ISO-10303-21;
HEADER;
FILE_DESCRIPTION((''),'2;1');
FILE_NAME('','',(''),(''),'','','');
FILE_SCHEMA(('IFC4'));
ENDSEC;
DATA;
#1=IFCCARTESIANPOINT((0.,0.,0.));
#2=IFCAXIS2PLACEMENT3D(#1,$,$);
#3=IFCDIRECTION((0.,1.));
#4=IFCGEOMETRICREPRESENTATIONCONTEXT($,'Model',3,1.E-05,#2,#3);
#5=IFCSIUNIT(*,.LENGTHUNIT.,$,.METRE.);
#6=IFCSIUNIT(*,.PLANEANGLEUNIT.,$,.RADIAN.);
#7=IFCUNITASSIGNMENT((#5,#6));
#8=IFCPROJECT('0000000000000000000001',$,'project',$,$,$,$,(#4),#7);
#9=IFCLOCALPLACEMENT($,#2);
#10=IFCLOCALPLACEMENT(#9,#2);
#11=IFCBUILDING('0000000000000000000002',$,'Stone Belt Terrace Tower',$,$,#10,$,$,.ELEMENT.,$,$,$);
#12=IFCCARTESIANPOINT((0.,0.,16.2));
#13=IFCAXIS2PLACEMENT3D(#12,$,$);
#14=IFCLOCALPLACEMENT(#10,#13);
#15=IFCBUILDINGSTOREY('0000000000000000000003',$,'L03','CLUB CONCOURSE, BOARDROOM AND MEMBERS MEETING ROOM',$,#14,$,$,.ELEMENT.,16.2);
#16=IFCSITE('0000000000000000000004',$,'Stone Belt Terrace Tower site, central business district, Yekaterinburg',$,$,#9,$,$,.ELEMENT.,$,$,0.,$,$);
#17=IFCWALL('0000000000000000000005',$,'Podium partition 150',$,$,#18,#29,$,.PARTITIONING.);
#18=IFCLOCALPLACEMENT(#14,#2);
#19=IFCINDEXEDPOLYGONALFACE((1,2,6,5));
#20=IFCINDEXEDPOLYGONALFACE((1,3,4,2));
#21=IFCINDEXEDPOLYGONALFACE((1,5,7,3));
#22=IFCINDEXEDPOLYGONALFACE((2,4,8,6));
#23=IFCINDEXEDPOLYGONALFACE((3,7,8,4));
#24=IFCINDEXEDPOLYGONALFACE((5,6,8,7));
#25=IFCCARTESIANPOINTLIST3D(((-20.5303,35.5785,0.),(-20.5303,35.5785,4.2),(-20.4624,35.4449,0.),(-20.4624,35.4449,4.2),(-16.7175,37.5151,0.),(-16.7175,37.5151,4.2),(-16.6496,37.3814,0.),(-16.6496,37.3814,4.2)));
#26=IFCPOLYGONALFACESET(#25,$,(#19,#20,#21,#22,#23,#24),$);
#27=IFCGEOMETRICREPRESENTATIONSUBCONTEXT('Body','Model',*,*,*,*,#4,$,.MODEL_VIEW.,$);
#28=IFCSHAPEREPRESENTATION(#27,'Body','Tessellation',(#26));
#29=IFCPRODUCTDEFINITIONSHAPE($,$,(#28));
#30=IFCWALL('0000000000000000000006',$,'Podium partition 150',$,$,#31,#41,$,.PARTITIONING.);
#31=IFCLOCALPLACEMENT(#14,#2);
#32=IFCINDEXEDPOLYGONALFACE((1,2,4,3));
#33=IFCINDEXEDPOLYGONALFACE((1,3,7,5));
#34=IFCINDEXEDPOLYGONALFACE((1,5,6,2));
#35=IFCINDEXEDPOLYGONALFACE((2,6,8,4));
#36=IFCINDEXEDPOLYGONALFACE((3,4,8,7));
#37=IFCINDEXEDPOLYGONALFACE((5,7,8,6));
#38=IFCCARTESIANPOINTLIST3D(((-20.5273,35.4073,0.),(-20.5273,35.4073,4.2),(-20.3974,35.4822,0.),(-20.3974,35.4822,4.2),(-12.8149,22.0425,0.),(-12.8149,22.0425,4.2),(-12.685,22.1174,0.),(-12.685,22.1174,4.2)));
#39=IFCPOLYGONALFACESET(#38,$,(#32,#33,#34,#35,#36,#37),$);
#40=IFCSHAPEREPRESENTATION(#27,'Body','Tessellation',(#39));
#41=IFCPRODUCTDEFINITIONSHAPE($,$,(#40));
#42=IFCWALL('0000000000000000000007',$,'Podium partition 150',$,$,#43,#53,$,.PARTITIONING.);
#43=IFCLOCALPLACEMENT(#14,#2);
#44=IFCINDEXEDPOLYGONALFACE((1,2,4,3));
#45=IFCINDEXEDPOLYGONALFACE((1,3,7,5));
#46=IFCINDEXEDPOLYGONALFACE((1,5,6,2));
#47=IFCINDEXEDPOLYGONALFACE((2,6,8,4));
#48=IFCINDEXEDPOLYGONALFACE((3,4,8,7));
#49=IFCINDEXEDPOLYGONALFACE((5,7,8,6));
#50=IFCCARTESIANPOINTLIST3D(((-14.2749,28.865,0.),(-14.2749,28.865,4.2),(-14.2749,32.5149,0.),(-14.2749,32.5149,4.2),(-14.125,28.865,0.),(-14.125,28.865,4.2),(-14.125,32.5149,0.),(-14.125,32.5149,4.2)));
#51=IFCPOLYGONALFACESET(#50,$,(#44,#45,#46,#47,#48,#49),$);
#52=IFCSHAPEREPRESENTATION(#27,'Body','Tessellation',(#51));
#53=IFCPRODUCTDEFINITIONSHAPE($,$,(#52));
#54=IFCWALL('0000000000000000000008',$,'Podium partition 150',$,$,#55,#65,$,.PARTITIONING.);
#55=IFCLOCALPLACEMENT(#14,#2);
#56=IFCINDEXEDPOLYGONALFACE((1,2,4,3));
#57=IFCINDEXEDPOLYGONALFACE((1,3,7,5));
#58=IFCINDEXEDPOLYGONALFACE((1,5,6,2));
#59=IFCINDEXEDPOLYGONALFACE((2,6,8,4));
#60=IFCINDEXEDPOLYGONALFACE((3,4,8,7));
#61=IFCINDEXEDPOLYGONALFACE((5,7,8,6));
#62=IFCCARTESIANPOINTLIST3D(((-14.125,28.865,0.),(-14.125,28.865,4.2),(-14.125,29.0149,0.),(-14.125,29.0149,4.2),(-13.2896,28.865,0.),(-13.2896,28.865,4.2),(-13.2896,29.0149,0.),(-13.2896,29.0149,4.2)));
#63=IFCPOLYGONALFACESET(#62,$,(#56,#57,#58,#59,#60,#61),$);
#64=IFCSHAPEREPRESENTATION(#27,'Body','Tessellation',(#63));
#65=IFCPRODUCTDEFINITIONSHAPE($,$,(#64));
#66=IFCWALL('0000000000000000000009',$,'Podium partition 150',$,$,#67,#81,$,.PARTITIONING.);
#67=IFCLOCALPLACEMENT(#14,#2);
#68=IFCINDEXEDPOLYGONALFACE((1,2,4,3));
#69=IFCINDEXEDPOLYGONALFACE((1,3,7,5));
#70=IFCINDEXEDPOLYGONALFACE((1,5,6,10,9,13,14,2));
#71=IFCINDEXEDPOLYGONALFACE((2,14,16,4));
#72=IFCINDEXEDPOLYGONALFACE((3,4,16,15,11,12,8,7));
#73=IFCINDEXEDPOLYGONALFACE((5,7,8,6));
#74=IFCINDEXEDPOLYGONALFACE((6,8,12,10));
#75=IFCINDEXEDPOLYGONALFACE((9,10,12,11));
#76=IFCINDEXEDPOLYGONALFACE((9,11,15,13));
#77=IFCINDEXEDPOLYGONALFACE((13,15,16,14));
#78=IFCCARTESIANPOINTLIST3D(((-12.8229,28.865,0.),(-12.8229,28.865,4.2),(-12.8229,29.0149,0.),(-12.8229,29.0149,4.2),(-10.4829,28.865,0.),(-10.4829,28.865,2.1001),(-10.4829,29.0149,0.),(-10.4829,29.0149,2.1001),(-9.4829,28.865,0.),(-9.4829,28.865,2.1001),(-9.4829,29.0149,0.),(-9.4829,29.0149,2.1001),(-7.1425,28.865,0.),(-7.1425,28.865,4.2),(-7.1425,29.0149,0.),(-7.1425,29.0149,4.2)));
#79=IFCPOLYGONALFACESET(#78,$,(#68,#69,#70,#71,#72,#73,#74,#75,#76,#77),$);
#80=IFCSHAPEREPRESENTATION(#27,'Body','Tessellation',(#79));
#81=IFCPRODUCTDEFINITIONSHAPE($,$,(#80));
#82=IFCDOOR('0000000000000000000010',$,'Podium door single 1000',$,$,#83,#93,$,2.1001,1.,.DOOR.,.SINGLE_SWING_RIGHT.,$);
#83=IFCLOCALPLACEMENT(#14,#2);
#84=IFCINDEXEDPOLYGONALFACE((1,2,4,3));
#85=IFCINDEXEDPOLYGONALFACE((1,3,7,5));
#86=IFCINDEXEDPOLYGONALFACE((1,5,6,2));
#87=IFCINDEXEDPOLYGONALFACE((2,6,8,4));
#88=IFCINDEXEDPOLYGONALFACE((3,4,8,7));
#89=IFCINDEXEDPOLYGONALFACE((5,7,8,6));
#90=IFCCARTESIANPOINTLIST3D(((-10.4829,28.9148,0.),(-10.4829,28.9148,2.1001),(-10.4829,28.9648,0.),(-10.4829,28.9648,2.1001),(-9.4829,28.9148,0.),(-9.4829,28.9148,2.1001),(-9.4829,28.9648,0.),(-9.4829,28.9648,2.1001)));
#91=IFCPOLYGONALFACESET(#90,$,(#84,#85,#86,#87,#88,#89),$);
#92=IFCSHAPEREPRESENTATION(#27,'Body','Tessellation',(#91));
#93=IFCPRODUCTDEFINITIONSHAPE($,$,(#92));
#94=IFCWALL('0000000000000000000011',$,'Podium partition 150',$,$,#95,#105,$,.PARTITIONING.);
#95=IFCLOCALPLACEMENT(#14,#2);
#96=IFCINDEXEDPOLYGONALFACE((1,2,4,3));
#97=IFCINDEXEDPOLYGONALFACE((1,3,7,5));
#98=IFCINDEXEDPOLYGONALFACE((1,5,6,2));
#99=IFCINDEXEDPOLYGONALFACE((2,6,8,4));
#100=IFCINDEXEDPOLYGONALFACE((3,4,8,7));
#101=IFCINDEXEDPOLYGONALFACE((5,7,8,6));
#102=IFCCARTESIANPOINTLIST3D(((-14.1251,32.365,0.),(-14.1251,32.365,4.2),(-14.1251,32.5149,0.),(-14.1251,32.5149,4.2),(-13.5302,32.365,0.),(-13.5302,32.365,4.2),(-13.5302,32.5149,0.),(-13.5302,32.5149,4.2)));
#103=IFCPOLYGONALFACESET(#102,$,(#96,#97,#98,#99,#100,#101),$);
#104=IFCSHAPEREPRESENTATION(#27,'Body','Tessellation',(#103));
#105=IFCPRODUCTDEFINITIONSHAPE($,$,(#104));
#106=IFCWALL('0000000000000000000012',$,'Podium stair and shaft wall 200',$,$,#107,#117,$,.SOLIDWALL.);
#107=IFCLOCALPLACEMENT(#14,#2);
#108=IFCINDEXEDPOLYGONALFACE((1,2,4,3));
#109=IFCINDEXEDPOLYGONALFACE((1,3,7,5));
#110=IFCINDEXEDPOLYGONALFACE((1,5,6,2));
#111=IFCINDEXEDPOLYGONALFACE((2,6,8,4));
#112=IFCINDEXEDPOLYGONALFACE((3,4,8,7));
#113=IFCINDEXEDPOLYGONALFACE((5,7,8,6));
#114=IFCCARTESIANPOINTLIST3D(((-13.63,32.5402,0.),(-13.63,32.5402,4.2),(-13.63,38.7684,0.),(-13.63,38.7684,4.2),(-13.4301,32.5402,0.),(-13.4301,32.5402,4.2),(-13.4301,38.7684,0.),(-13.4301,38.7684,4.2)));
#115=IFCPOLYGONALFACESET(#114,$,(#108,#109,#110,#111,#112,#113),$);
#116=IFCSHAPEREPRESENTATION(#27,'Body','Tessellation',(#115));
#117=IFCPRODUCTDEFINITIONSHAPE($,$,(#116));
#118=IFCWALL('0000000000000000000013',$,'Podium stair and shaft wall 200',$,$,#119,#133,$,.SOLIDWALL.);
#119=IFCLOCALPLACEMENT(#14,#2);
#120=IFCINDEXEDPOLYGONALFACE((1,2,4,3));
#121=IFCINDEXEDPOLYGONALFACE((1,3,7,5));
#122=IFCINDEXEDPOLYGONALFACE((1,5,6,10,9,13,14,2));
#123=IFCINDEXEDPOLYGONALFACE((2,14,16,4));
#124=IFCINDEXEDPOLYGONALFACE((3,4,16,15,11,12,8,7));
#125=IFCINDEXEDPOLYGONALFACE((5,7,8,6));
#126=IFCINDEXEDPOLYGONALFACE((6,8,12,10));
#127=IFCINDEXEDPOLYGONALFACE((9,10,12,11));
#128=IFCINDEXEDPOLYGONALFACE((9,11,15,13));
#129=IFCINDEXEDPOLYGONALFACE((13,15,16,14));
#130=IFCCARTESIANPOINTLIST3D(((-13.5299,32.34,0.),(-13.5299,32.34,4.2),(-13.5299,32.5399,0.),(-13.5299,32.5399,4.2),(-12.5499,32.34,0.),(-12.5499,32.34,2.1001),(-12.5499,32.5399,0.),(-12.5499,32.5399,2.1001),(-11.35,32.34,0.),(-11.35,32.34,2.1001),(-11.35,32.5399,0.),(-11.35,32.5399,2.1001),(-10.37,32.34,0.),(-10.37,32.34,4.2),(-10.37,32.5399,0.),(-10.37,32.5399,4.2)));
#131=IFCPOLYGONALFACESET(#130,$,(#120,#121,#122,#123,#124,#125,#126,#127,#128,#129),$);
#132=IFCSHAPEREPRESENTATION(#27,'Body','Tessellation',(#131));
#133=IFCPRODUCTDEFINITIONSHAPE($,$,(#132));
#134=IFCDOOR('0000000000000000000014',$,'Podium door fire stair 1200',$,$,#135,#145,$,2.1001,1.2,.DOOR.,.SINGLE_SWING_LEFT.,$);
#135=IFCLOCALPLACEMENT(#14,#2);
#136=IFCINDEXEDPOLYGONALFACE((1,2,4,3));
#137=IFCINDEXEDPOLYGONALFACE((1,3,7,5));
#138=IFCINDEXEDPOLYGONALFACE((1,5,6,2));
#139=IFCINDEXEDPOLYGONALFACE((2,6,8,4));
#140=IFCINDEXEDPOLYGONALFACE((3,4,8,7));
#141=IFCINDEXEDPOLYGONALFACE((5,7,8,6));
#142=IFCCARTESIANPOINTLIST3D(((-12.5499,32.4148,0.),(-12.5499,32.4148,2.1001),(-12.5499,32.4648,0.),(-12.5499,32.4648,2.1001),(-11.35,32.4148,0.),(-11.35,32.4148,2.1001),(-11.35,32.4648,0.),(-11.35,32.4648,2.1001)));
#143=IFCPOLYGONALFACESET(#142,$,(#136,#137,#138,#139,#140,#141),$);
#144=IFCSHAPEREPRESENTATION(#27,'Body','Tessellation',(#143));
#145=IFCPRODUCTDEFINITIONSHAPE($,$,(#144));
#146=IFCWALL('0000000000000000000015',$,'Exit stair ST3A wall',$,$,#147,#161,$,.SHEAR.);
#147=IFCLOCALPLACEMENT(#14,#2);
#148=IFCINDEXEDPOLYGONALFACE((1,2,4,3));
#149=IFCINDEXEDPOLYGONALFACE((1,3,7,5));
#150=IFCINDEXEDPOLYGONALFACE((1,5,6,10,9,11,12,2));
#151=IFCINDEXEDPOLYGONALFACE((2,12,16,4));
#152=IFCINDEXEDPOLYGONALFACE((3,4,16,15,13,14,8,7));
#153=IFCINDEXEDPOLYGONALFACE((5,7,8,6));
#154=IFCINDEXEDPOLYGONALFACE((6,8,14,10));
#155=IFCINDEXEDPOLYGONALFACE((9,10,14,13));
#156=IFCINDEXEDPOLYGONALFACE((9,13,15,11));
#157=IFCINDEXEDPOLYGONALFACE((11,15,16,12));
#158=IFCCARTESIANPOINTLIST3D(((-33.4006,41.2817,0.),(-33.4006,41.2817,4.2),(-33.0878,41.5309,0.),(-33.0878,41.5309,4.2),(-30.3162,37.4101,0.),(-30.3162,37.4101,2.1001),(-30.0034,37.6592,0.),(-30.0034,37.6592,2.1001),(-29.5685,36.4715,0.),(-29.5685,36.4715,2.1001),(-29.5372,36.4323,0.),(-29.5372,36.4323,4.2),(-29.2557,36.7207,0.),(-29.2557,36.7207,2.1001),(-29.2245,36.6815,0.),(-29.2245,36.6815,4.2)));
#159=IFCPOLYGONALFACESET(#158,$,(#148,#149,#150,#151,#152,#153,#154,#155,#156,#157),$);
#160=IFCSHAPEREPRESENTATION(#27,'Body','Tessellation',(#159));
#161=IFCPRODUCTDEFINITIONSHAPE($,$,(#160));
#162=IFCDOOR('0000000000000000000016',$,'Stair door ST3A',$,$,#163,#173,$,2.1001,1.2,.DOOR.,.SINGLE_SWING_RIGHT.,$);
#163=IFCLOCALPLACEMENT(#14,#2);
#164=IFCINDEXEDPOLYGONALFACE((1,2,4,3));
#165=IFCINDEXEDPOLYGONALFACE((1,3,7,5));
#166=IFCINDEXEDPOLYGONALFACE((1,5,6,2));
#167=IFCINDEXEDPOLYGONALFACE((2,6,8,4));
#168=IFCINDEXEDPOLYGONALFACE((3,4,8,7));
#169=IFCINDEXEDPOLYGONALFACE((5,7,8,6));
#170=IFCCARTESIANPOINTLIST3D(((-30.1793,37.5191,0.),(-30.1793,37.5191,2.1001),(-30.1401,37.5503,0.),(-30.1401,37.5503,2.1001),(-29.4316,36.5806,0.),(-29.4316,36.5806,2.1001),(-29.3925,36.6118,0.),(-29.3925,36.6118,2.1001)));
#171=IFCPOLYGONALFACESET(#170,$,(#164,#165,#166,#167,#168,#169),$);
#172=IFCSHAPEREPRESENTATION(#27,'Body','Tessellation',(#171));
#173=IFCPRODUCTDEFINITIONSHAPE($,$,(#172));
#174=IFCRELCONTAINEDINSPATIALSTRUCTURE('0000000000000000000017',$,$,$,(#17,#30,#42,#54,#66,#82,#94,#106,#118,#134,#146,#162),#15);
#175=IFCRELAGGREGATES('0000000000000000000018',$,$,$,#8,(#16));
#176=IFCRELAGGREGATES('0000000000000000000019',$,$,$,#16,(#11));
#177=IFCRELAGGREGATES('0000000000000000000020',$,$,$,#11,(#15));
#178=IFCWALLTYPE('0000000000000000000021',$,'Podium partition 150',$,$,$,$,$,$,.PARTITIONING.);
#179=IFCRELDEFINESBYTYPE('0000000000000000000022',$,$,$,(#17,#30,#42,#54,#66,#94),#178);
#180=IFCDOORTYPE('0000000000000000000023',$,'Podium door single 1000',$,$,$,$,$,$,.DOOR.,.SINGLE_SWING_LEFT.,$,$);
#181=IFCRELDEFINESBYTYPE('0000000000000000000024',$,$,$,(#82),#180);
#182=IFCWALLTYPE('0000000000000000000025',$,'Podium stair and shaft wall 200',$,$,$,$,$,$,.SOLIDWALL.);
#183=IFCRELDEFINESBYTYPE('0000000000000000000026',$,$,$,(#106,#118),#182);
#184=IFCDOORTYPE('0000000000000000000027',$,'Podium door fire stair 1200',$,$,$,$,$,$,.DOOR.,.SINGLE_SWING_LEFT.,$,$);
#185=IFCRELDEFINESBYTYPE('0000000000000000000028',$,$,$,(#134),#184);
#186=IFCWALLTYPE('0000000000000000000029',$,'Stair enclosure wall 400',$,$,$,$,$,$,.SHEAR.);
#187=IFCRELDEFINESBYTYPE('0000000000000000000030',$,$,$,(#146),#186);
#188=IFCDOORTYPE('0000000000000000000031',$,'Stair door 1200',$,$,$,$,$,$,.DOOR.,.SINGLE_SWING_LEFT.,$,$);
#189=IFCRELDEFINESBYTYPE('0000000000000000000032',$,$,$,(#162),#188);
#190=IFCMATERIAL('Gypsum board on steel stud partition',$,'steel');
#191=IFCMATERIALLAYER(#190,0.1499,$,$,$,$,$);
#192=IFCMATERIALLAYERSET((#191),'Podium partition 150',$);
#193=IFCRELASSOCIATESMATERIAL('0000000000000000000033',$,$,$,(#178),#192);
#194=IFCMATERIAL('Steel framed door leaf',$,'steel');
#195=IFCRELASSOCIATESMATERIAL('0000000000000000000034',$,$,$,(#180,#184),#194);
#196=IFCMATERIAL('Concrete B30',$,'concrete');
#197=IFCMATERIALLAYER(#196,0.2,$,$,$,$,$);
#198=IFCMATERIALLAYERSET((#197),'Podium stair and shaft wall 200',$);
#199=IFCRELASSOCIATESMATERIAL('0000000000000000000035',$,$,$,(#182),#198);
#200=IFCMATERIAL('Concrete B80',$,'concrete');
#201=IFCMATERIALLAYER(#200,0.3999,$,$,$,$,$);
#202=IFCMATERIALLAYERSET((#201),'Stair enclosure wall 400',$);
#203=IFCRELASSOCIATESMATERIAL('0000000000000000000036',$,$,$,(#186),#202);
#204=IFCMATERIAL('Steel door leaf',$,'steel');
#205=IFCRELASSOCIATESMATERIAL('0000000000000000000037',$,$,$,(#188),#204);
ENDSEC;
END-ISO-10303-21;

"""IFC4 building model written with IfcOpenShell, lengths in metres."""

from ifc_helpers import new_model, si_unit, direction, frame, frame_2d, origin, place, context, subcontext, project, spatial, rectangle, extrude, material, layer, layer_set, type_object, element, fill, save


model = new_model("IFC4")

# Units and contexts
model_context = context("Model", 3, precision=1e-05, world=origin(), true_north=direction((0.0, 1.0)))
body_context = subcontext(model_context, "Body", "Model", "MODEL_VIEW")
ifc_project = project(units=[si_unit("LENGTHUNIT", "METRE"), si_unit("PLANEANGLEUNIT", "RADIAN")], contexts=[model_context])

# Site, building, storey
site_placement = place(None, origin())
site = spatial("IfcSite", under=ifc_project, at=site_placement, Name="Stone Belt Terrace Tower site, central business district, Yekaterinburg", CompositionType="ELEMENT", RefElevation=0.0)
building_placement = place(site_placement, origin())
building = spatial("IfcBuilding", under=site, at=building_placement, Name="Stone Belt Terrace Tower", CompositionType="ELEMENT")
storey_placement = place(building_placement, frame((0.0, 0.0, 16.2)))
storey = spatial("IfcBuildingStorey", under=building, at=storey_placement, Name="L03", Description="CLUB CONCOURSE, BOARDROOM AND MEMBERS MEETING ROOM", CompositionType="ELEMENT", Elevation=16.2)

# Shared definitions
ifc_material_1 = material(Name="Concrete B80", Category="concrete")

# Shared definitions
ifc_material_2 = material(Name="Gypsum board on steel stud partition", Category="steel")
ifc_layer_1 = layer(ifc_material_2, 0.1499)
ifc_layer_set_1 = layer_set([ifc_layer_1], Name="Podium partition 150")
wall_type_1 = type_object("IfcWallType", Name="Podium partition 150", PredefinedType="PARTITIONING", material=ifc_layer_set_1)

# Shared definitions
ifc_material_3 = material(Name="Steel framed door leaf", Category="steel")
door_type_1 = type_object("IfcDoorType", Name="Podium door single 1000", OperationType="SINGLE_SWING_LEFT", PredefinedType="DOOR", material=ifc_material_3)

# Walls
wall_1_placement = place(storey_placement, frame((-20.4963, 35.5117, 0.0), z_axis=(0.0, 0.0, 1.0), x_axis=(0.891589, 0.452845, 0.0)))
element("IfcWall", 1, at=wall_1_placement, inside=storey, type_object=wall_type_1, Name="Podium partition 150", PredefinedType="PARTITIONING", context=body_context, shape_type="SweptSolid", body=[
    extrude(rectangle(XDim=4.2764, YDim=0.1499, at=frame_2d((2.1382, 0.0))), origin(), (0.0, 0.0, 1.0), 4.2),
])
wall_2_placement = place(storey_placement, frame((-20.4624, 35.4448, 0.0), z_axis=(0.0, 0.0, 1.0), x_axis=(0.499818, -0.86613, 0.0)))
element("IfcWall", 2, at=wall_2_placement, inside=storey, type_object=wall_type_1, Name="Podium partition 150", PredefinedType="PARTITIONING", context=body_context, shape_type="SweptSolid", body=[
    extrude(rectangle(XDim=15.4304, YDim=0.1499, at=frame_2d((7.7153, 0.0))), origin(), (0.0, 0.0, 1.0), 4.2),
])
wall_3_placement = place(storey_placement, frame((-14.2, 28.865, 0.0), z_axis=(0.0, 0.0, 1.0), x_axis=(0.0, 1.0, 0.0)))
element("IfcWall", 3, at=wall_3_placement, inside=storey, type_object=wall_type_1, Name="Podium partition 150", PredefinedType="PARTITIONING", context=body_context, shape_type="SweptSolid", body=[
    extrude(rectangle(XDim=3.6499, YDim=0.1499, at=frame_2d((1.825, 0.0))), origin(), (0.0, 0.0, 1.0), 4.2),
])
wall_4_placement = place(storey_placement, frame((-14.125, 28.9399, 0.0), z_axis=(0.0, 0.0, 1.0), x_axis=(1.0, 0.0, 0.0)))
element("IfcWall", 4, at=wall_4_placement, inside=storey, type_object=wall_type_1, Name="Podium partition 150", PredefinedType="PARTITIONING", context=body_context, shape_type="SweptSolid", body=[
    extrude(rectangle(XDim=0.8354, YDim=0.1499, at=frame_2d((0.4177, 0.0))), origin(), (0.0, 0.0, 1.0), 4.2),
])

# Wall, opening, door
wall_5_placement = place(storey_placement, frame((-12.823, 28.9399, 0.0), z_axis=(0.0, 0.0, 1.0), x_axis=(1.0, 0.0, 0.0)))
wall_5 = element("IfcWall", 5, at=wall_5_placement, inside=storey, type_object=wall_type_1, Name="Podium partition 150", PredefinedType="PARTITIONING", context=body_context, shape_type="SweptSolid", body=[
    extrude(rectangle(XDim=5.6804, YDim=0.1499, at=frame_2d((2.8403, 0.0))), origin(), (0.0, 0.0, 1.0), 4.2),
])
opening_1_placement = place(wall_5_placement, frame((2.3401, 0.0, 0.0)))
opening_1 = element("IfcOpeningElement", 6, at=opening_1_placement, cuts=wall_5, PredefinedType="OPENING", context=body_context, shape_type="SweptSolid", body=[
    extrude(rectangle(XDim=1.0, YDim=2.1001, at=frame_2d((0.5, 1.05))), frame((0.0, 0.085, 0.0), z_axis=(0.0, -1.0, 0.0), x_axis=(1.0, 0.0, 0.0)), (0.0, 0.0, 1.0), 0.1699),
])
door_1_placement = place(opening_1_placement, origin())
door_1 = element("IfcDoor", 7, at=door_1_placement, inside=storey, type_object=door_type_1, Name="Podium door single 1000", OperationType="SINGLE_SWING_RIGHT", OverallHeight=2.1001, OverallWidth=1.0, PredefinedType="DOOR", context=body_context, shape_type="SweptSolid", body=[
    extrude(rectangle(XDim=1.0, YDim=2.1001, at=frame_2d((0.5, 1.05))), frame((0.0, 0.0249, 0.0), z_axis=(0.0, -1.0, 0.0), x_axis=(1.0, 0.0, 0.0)), (0.0, 0.0, 1.0), 0.05),
])
fill(opening_1, door_1)

# Walls
wall_6_placement = place(storey_placement, frame((-14.125, 32.4399, 0.0), z_axis=(0.0, 0.0, 1.0), x_axis=(1.0, 0.0, 0.0)))
element("IfcWall", 8, at=wall_6_placement, inside=storey, type_object=wall_type_1, Name="Podium partition 150", PredefinedType="PARTITIONING", context=body_context, shape_type="SweptSolid", body=[
    extrude(rectangle(XDim=0.595, YDim=0.1499, at=frame_2d((0.2974, 0.0))), origin(), (0.0, 0.0, 1.0), 4.2),
])
ifc_material_4 = material(Name="Concrete B30", Category="concrete")
ifc_layer_2 = layer(ifc_material_4, 0.2)
ifc_layer_set_2 = layer_set([ifc_layer_2], Name="Podium stair and shaft wall 200")
wall_type_2 = type_object("IfcWallType", Name="Podium stair and shaft wall 200", PredefinedType="SOLIDWALL", material=ifc_layer_set_2)
wall_7_placement = place(storey_placement, frame((-13.53, 32.54, 0.0), z_axis=(0.0, 0.0, 1.0), x_axis=(0.0, 1.0, 0.0)))
element("IfcWall", 9, at=wall_7_placement, inside=storey, type_object=wall_type_2, Name="Podium stair and shaft wall 200", PredefinedType="SOLIDWALL", context=body_context, shape_type="SweptSolid", body=[
    extrude(rectangle(XDim=6.2283, YDim=0.2, at=frame_2d((3.1143, 0.0))), origin(), (0.0, 0.0, 1.0), 4.2),
])

# Walls, openings, doors
wall_8_placement = place(storey_placement, frame((-13.53, 32.4399, 0.0), z_axis=(0.0, 0.0, 1.0), x_axis=(1.0, 0.0, 0.0)))
wall_8 = element("IfcWall", 10, at=wall_8_placement, inside=storey, type_object=wall_type_2, Name="Podium stair and shaft wall 200", PredefinedType="SOLIDWALL", context=body_context, shape_type="SweptSolid", body=[
    extrude(rectangle(XDim=3.1599, YDim=0.2, at=frame_2d((1.5801, 0.0))), origin(), (0.0, 0.0, 1.0), 4.2),
])
opening_2_placement = place(wall_8_placement, frame((0.98, 0.0, 0.0)))
opening_2 = element("IfcOpeningElement", 11, at=opening_2_placement, cuts=wall_8, PredefinedType="OPENING", context=body_context, shape_type="SweptSolid", body=[
    extrude(rectangle(XDim=1.2, YDim=2.1001, at=frame_2d((0.6001, 1.05))), frame((0.0, 0.1099, 0.0), z_axis=(0.0, -1.0, 0.0), x_axis=(1.0, 0.0, 0.0)), (0.0, 0.0, 1.0), 0.22),
])
door_type_2 = type_object("IfcDoorType", Name="Podium door fire stair 1200", OperationType="SINGLE_SWING_LEFT", PredefinedType="DOOR", material=ifc_material_3)
door_2_placement = place(opening_2_placement, origin())
door_2 = element("IfcDoor", 12, at=door_2_placement, inside=storey, type_object=door_type_2, Name="Podium door fire stair 1200", OperationType="SINGLE_SWING_LEFT", OverallHeight=2.1001, OverallWidth=1.2, PredefinedType="DOOR", context=body_context, shape_type="SweptSolid", body=[
    extrude(rectangle(XDim=1.2, YDim=2.1001, at=frame_2d((0.6001, 1.05))), frame((0.0, 0.0249, 0.0), z_axis=(0.0, -1.0, 0.0), x_axis=(1.0, 0.0, 0.0)), (0.0, 0.0, 1.0), 0.05),
])
fill(opening_2, door_2)
ifc_layer_3 = layer(ifc_material_1, 0.3999)
ifc_layer_set_3 = layer_set([ifc_layer_3], Name="Stair enclosure wall 400")
wall_type_3 = type_object("IfcWallType", Name="Stair enclosure wall 400", PredefinedType="SHEAR", material=ifc_layer_set_3)
wall_9_placement = place(storey_placement, frame((-29.3809, 36.5569, 0.0), z_axis=(0.0, 0.0, 1.0), x_axis=(-0.623099, 0.782143, 0.0)))
wall_9 = element("IfcWall", 13, at=wall_9_placement, inside=storey, type_object=wall_type_3, Name="Exit stair ST3A wall", PredefinedType="SHEAR", context=body_context, shape_type="SweptSolid", body=[
    extrude(rectangle(XDim=6.2002, YDim=0.3999, at=frame_2d((3.1001, 0.0))), origin(), (0.0, 0.0, 1.0), 4.2),
])
opening_3_placement = place(wall_9_placement, frame((0.05, 0.0, 0.0)))
opening_3 = element("IfcOpeningElement", 14, at=opening_3_placement, cuts=wall_9, PredefinedType="OPENING", context=body_context, shape_type="SweptSolid", body=[
    extrude(rectangle(XDim=1.2, YDim=2.1001, at=frame_2d((0.6001, 1.05))), frame((0.0, 0.21, 0.0), z_axis=(0.0, -1.0, 0.0), x_axis=(1.0, 0.0, 0.0)), (0.0, 0.0, 1.0), 0.4199),
])
ifc_material_5 = material(Name="Steel door leaf", Category="steel")
door_type_3 = type_object("IfcDoorType", Name="Stair door 1200", OperationType="SINGLE_SWING_LEFT", PredefinedType="DOOR", material=ifc_material_5)
door_3_placement = place(opening_3_placement, origin())
door_3 = element("IfcDoor", 15, at=door_3_placement, inside=storey, type_object=door_type_3, Name="Stair door ST3A", OperationType="SINGLE_SWING_RIGHT", OverallHeight=2.1001, OverallWidth=1.2, PredefinedType="DOOR", context=body_context, shape_type="SweptSolid", body=[
    extrude(rectangle(XDim=1.2, YDim=2.1001, at=frame_2d((0.6001, 1.05))), frame((0.0, 0.0249, 0.0), z_axis=(0.0, -1.0, 0.0), x_axis=(1.0, 0.0, 0.0)), (0.0, 0.0, 1.0), 0.05),
])
fill(opening_3, door_3)

save(model, "model.ifc")
